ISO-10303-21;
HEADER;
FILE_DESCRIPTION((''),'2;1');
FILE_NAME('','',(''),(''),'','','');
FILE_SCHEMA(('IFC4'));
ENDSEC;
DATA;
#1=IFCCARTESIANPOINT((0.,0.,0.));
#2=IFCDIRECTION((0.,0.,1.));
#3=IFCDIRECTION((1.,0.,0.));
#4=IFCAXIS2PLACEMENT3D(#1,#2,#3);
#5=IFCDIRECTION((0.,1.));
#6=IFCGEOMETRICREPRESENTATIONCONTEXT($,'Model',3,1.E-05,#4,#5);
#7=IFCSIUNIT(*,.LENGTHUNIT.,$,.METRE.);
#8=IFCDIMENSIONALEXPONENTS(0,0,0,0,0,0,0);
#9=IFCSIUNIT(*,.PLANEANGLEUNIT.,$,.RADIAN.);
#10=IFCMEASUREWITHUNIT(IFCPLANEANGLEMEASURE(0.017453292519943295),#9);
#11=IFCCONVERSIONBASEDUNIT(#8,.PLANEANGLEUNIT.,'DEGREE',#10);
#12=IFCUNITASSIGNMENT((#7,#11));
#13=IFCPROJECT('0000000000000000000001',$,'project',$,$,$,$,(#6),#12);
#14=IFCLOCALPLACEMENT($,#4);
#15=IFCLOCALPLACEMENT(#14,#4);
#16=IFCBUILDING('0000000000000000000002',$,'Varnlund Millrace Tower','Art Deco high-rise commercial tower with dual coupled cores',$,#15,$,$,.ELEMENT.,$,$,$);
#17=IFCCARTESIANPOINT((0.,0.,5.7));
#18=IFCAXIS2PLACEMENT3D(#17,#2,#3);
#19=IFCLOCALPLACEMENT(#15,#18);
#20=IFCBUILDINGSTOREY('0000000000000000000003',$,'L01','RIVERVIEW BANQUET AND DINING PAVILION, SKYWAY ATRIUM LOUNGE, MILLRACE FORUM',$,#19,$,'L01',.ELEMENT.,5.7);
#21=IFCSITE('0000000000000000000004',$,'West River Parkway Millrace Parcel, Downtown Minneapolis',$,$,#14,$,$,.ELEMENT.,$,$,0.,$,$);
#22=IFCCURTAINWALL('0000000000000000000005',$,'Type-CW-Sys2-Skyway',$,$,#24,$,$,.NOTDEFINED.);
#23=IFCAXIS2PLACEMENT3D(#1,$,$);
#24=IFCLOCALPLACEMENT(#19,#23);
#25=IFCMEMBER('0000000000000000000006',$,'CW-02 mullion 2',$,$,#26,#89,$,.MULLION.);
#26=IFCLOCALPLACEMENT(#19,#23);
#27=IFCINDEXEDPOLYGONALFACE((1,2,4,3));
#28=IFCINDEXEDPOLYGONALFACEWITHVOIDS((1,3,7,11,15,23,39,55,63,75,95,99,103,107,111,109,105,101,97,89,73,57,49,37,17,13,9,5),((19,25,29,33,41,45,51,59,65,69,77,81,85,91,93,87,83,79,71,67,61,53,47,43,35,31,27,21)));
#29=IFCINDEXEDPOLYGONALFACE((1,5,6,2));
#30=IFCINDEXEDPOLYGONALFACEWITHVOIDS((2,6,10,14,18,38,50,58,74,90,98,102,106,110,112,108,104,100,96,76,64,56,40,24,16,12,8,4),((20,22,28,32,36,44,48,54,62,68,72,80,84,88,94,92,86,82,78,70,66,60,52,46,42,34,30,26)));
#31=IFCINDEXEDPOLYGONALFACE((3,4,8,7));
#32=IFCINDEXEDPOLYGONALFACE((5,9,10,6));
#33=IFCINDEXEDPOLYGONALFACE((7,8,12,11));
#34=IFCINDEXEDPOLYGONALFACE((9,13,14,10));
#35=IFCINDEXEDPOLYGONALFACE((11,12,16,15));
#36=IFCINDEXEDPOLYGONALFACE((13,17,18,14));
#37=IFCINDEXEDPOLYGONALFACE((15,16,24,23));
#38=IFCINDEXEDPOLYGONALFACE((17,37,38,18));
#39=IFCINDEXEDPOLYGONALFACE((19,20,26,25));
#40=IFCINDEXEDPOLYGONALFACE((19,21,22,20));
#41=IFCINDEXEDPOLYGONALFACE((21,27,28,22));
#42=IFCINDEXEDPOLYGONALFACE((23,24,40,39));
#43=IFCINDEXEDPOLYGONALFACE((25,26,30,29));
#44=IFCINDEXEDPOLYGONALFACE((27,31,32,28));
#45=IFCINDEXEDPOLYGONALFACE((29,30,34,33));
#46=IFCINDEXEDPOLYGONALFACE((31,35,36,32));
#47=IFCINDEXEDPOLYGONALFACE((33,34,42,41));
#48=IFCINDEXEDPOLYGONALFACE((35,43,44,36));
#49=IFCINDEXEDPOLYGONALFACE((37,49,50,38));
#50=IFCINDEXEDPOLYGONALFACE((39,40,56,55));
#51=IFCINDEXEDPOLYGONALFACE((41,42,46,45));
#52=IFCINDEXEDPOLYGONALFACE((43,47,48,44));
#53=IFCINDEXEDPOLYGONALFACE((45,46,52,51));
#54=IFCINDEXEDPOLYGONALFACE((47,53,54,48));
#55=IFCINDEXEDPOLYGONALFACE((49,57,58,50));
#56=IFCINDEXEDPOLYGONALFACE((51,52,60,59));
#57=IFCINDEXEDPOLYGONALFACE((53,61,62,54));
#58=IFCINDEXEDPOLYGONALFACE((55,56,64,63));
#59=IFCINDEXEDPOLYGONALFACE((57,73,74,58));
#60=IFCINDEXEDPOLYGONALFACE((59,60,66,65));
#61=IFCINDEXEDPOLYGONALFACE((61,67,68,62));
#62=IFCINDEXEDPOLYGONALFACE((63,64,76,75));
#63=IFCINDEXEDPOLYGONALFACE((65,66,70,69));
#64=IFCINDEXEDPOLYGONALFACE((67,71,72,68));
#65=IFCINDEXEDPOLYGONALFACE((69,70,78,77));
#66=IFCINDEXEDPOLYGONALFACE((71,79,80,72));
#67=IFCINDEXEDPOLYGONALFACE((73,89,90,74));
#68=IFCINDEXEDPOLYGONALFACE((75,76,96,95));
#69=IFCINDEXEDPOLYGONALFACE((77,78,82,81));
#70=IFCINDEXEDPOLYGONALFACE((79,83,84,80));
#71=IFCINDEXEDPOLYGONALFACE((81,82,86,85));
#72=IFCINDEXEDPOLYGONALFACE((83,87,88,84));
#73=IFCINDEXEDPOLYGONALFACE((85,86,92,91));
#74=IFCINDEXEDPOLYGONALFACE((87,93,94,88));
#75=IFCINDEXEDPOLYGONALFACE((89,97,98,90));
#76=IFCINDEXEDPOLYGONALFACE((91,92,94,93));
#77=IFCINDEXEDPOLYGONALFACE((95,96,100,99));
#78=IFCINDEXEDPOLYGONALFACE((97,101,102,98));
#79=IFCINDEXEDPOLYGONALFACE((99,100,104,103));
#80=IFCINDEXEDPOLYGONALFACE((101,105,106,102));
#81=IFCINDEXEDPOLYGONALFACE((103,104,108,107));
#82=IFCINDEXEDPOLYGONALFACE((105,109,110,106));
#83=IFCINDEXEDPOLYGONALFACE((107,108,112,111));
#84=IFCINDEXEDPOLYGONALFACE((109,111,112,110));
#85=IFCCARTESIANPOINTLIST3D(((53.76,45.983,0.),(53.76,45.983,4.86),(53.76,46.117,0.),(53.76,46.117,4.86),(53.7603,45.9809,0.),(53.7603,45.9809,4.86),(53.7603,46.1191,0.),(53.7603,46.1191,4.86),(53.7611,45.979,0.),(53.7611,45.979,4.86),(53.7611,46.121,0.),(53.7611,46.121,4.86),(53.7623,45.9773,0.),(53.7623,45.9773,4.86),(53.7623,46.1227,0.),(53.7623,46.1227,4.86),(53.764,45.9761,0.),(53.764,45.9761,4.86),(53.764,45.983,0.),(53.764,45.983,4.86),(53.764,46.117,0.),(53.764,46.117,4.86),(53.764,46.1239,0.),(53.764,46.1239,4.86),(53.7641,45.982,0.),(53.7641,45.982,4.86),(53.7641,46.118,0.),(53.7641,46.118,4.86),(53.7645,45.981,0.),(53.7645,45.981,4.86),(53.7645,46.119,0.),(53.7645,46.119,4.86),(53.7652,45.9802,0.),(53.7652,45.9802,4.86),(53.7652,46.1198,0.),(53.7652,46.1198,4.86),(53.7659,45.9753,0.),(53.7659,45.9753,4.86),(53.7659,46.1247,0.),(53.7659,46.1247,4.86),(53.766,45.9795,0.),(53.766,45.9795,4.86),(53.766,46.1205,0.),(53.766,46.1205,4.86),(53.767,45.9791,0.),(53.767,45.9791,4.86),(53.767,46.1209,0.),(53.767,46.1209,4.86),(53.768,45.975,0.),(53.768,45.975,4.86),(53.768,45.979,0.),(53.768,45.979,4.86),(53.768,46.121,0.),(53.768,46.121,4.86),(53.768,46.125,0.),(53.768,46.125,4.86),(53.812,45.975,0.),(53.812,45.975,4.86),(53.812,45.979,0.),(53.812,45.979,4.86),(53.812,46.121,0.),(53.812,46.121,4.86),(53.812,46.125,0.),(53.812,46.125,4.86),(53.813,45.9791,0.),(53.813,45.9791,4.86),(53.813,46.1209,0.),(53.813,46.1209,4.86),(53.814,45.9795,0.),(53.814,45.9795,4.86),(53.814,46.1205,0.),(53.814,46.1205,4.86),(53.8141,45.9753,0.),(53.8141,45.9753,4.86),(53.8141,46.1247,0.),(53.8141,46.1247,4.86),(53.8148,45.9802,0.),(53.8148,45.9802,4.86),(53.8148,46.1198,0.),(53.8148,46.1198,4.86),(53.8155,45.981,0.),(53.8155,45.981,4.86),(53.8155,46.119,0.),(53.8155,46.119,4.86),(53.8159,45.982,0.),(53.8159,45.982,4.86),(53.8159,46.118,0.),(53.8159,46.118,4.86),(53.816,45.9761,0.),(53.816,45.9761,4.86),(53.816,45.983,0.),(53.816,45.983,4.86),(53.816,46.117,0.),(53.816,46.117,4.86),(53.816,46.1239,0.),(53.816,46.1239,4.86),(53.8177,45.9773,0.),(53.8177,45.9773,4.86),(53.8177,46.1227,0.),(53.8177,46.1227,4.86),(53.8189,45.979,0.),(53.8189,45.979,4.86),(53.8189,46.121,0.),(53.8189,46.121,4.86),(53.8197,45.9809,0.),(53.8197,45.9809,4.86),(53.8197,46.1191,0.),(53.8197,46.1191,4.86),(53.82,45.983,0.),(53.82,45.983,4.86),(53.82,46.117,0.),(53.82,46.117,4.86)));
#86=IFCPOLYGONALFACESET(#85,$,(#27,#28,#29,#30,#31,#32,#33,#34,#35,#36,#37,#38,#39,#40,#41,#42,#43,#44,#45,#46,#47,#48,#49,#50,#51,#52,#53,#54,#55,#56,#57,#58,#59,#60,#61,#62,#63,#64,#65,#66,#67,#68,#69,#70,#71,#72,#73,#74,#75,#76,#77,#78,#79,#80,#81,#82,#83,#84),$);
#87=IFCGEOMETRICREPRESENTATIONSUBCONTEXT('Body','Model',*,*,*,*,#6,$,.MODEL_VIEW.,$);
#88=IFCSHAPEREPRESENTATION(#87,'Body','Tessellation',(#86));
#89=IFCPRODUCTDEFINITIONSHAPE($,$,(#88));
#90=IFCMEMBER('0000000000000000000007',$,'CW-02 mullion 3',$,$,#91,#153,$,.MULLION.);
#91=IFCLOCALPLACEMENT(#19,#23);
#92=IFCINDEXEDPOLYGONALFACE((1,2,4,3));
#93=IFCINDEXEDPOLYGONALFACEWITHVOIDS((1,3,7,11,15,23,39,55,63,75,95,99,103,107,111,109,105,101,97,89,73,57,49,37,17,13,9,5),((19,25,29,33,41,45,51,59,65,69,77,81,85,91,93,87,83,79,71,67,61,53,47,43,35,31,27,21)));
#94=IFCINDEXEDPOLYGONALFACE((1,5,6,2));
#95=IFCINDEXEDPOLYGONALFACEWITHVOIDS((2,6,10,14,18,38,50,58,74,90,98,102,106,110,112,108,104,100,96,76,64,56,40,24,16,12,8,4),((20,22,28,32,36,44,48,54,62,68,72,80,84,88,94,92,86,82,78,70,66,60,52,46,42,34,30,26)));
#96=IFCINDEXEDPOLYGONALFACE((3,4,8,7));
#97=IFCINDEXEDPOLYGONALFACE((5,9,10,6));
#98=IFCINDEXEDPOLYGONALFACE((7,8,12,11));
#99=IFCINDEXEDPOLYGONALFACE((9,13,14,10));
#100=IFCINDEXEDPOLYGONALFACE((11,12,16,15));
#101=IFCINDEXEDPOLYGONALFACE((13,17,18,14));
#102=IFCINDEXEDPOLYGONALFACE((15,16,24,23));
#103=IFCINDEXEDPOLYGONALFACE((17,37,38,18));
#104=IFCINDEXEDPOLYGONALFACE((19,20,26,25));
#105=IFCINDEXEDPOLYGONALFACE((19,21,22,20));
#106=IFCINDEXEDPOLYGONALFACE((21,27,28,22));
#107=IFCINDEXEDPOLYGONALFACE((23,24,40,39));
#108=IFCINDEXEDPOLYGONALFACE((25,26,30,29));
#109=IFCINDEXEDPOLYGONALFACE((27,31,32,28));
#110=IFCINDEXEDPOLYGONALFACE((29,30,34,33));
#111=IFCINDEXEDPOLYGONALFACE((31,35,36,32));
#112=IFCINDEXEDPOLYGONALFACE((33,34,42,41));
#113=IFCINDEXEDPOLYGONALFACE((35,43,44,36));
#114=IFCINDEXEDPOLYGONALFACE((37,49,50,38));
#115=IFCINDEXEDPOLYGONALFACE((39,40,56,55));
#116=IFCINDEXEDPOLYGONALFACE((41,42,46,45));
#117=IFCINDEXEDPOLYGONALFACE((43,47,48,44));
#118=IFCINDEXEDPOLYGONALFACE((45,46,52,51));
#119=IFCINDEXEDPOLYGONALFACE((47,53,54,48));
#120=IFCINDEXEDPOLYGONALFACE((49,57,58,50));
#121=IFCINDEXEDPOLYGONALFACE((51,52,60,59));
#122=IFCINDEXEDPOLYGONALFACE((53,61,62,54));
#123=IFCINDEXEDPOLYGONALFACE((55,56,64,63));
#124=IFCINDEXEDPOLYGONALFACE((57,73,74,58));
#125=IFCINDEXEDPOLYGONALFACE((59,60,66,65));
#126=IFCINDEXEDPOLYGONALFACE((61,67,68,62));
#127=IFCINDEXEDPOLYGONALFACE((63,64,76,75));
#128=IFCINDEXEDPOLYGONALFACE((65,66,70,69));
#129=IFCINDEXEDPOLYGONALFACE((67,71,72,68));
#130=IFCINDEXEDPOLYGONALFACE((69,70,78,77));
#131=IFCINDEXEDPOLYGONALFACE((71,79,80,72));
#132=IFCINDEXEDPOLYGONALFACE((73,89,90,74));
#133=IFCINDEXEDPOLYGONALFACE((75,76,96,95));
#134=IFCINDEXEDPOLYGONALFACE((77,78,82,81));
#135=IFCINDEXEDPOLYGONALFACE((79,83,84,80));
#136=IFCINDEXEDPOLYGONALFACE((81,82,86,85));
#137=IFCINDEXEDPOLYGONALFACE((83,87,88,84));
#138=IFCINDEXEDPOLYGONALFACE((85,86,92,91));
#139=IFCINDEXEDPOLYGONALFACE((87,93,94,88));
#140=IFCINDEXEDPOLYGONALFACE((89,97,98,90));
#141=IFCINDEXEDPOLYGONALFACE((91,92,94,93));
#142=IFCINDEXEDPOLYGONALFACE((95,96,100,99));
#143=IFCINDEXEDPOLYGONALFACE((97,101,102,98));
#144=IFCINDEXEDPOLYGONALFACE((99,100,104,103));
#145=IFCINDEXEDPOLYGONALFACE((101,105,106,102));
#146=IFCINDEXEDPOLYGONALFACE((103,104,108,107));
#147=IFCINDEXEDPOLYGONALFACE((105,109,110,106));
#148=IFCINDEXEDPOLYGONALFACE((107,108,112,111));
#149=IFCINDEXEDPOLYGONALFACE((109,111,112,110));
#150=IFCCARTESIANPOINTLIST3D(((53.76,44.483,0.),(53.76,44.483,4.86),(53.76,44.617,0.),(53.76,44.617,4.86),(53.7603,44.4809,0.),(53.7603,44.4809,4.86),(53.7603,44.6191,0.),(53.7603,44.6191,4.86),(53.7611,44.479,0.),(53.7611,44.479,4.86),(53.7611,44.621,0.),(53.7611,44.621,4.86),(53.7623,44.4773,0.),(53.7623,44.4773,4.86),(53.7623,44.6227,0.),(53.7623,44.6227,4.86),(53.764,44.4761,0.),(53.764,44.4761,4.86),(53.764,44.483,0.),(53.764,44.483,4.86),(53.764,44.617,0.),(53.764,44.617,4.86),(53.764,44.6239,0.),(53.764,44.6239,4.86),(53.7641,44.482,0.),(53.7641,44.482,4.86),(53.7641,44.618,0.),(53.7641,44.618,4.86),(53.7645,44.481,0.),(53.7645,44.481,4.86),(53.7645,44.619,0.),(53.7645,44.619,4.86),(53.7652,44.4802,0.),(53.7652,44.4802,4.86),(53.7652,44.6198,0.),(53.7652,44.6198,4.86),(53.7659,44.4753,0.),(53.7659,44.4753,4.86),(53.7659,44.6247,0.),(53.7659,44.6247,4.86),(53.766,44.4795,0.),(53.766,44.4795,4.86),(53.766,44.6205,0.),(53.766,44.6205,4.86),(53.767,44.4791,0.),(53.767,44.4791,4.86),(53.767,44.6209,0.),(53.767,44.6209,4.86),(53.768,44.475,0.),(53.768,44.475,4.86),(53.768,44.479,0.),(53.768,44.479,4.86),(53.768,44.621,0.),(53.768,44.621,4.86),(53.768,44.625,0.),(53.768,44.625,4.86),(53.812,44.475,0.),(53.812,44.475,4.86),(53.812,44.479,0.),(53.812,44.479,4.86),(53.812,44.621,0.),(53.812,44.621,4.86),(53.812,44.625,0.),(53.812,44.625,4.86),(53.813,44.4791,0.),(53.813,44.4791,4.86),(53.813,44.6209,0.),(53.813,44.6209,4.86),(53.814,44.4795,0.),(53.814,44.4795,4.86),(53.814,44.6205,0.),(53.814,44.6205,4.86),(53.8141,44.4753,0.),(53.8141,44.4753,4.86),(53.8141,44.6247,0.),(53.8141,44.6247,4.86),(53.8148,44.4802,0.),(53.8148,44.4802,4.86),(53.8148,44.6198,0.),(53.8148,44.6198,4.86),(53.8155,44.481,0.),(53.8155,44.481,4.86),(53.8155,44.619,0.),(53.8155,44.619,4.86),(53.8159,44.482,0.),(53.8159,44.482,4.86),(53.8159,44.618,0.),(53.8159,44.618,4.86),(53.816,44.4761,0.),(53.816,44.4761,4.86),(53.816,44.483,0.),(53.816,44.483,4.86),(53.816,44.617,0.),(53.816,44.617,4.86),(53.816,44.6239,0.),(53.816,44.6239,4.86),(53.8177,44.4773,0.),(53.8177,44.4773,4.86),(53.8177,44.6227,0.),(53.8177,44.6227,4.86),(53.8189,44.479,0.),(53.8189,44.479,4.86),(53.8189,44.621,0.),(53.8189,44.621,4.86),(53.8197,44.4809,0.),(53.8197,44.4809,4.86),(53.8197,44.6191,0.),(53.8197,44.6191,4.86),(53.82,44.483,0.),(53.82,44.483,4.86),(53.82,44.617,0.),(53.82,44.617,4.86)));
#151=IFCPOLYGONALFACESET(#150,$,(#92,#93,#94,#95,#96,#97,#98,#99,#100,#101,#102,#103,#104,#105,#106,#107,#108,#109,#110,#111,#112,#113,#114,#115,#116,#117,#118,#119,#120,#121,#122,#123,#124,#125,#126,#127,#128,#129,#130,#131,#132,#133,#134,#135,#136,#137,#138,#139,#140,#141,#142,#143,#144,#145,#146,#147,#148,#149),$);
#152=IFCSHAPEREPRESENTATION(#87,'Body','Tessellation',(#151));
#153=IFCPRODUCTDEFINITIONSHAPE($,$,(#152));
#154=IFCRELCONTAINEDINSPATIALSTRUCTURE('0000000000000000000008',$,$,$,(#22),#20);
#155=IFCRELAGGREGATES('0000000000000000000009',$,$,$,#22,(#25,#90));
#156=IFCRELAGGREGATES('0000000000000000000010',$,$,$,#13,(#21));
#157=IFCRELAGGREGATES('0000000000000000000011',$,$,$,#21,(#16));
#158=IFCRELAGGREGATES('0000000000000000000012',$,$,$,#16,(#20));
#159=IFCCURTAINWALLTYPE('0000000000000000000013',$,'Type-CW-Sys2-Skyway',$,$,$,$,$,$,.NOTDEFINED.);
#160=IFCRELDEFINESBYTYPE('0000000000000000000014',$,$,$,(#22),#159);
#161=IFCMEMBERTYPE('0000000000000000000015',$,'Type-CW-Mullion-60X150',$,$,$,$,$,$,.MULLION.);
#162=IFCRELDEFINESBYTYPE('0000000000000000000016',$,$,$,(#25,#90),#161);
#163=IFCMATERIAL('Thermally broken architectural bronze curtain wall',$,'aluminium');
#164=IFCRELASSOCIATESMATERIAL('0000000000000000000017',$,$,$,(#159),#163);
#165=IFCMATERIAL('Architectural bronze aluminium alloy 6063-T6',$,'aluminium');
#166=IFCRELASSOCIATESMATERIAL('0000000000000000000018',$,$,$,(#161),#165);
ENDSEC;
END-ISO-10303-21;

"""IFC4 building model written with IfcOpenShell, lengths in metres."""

from ifc_helpers import new_model, entity, si_unit, converted_unit, direction, frame, origin_with_axes, origin_2d_with_axis, place, context, subcontext, project, spatial, hollow_rectangle, extrude, material, material_profile, profile_set, type_object, element, aggregate, save


model = new_model("IFC4")

# Units and contexts
model_context = context("Model", 3, precision=1e-05, world=origin_with_axes(), true_north=direction((0.0, 1.0)))
body_context = subcontext(model_context, "Body", "Model", "MODEL_VIEW")
ifc_project = project(units=[si_unit("LENGTHUNIT", "METRE"), converted_unit("PLANEANGLEUNIT", "DEGREE", entity("IfcPlaneAngleMeasure", 0.017453292519943295), si_unit("PLANEANGLEUNIT", "RADIAN"), dimensions=[0, 0, 0, 0, 0, 0, 0])], contexts=[model_context])

# Site, building, storey
site_placement = place(None, origin_with_axes())
site = spatial("IfcSite", under=ifc_project, at=site_placement, Name="West River Parkway Millrace Parcel, Downtown Minneapolis", CompositionType="ELEMENT", RefElevation=0.0)
building_placement = place(site_placement, origin_with_axes())
building = spatial("IfcBuilding", under=site, at=building_placement, Name="Varnlund Millrace Tower", Description="Art Deco high-rise commercial tower with dual coupled cores", CompositionType="ELEMENT")
storey_placement = place(building_placement, frame((0.0, 0.0, 5.7), z_axis=(0.0, 0.0, 1.0), x_axis=(1.0, 0.0, 0.0)))
storey = spatial("IfcBuildingStorey", under=building, at=storey_placement, Name="L01", Description="RIVERVIEW BANQUET AND DINING PAVILION, SKYWAY ATRIUM LOUNGE, MILLRACE FORUM", LongName="L01", CompositionType="ELEMENT", Elevation=5.7)

# Curtain wall, members
ifc_material_1 = material(Name="Thermally broken architectural bronze curtain wall", Category="aluminium")
curtain_wall_type = type_object("IfcCurtainWallType", Name="Type-CW-Sys2-Skyway", PredefinedType="NOTDEFINED", material=ifc_material_1)
curtain_wall_1_placement = place(storey_placement, frame((53.79, 47.55, 0.0), z_axis=(0.0, 0.0, 1.0), x_axis=(1.0, 0.0, 0.0)))
curtain_wall_1 = element("IfcCurtainWall", 1, at=curtain_wall_1_placement, inside=storey, type_object=curtain_wall_type, Name="Type-CW-Sys2-Skyway", PredefinedType="NOTDEFINED")
ifc_material_2 = material(Name="Architectural bronze aluminium alloy 6063-T6", Category="aluminium")
ifc_material_profile_1 = material_profile(ifc_material_2, hollow_rectangle(XDim=0.06, YDim=0.15, WallThickness=0.004, InnerFilletRadius=0.004, OuterFilletRadius=0.008, at=origin_2d_with_axis()), Name="Architectural bronze aluminium alloy 6063-T6")
ifc_profile_set_1 = profile_set([ifc_material_profile_1], Name="Architectural bronze aluminium alloy 6063-T6")
member_type_1 = type_object("IfcMemberType", Name="Type-CW-Mullion-60X150", PredefinedType="MULLION", material=ifc_profile_set_1)
member_1_placement = place(storey_placement, frame((53.79, 46.05, 0.0), z_axis=(0.0, 0.0, 1.0), x_axis=(1.0, 0.0, 0.0)))
member_1 = element("IfcMember", 2, at=member_1_placement, type_object=member_type_1, Name="CW-02 mullion 2", PredefinedType="MULLION", context=body_context, shape_type="SweptSolid", body=[
    extrude(hollow_rectangle(XDim=0.06, YDim=0.15, WallThickness=0.004, InnerFilletRadius=0.004, OuterFilletRadius=0.008, at=origin_2d_with_axis()), origin_with_axes(), (0.0, 0.0, 1.0), 4.86),
])
member_2_placement = place(storey_placement, frame((53.79, 44.55, 0.0), z_axis=(0.0, 0.0, 1.0), x_axis=(1.0, 0.0, 0.0)))
member_2 = element("IfcMember", 3, at=member_2_placement, type_object=member_type_1, Name="CW-02 mullion 3", PredefinedType="MULLION", context=body_context, shape_type="SweptSolid", body=[
    extrude(hollow_rectangle(XDim=0.06, YDim=0.15, WallThickness=0.004, InnerFilletRadius=0.004, OuterFilletRadius=0.008, at=origin_2d_with_axis()), origin_with_axes(), (0.0, 0.0, 1.0), 4.86),
])

aggregate(curtain_wall_1, [member_1, member_2])

save(model, "model.ifc")
